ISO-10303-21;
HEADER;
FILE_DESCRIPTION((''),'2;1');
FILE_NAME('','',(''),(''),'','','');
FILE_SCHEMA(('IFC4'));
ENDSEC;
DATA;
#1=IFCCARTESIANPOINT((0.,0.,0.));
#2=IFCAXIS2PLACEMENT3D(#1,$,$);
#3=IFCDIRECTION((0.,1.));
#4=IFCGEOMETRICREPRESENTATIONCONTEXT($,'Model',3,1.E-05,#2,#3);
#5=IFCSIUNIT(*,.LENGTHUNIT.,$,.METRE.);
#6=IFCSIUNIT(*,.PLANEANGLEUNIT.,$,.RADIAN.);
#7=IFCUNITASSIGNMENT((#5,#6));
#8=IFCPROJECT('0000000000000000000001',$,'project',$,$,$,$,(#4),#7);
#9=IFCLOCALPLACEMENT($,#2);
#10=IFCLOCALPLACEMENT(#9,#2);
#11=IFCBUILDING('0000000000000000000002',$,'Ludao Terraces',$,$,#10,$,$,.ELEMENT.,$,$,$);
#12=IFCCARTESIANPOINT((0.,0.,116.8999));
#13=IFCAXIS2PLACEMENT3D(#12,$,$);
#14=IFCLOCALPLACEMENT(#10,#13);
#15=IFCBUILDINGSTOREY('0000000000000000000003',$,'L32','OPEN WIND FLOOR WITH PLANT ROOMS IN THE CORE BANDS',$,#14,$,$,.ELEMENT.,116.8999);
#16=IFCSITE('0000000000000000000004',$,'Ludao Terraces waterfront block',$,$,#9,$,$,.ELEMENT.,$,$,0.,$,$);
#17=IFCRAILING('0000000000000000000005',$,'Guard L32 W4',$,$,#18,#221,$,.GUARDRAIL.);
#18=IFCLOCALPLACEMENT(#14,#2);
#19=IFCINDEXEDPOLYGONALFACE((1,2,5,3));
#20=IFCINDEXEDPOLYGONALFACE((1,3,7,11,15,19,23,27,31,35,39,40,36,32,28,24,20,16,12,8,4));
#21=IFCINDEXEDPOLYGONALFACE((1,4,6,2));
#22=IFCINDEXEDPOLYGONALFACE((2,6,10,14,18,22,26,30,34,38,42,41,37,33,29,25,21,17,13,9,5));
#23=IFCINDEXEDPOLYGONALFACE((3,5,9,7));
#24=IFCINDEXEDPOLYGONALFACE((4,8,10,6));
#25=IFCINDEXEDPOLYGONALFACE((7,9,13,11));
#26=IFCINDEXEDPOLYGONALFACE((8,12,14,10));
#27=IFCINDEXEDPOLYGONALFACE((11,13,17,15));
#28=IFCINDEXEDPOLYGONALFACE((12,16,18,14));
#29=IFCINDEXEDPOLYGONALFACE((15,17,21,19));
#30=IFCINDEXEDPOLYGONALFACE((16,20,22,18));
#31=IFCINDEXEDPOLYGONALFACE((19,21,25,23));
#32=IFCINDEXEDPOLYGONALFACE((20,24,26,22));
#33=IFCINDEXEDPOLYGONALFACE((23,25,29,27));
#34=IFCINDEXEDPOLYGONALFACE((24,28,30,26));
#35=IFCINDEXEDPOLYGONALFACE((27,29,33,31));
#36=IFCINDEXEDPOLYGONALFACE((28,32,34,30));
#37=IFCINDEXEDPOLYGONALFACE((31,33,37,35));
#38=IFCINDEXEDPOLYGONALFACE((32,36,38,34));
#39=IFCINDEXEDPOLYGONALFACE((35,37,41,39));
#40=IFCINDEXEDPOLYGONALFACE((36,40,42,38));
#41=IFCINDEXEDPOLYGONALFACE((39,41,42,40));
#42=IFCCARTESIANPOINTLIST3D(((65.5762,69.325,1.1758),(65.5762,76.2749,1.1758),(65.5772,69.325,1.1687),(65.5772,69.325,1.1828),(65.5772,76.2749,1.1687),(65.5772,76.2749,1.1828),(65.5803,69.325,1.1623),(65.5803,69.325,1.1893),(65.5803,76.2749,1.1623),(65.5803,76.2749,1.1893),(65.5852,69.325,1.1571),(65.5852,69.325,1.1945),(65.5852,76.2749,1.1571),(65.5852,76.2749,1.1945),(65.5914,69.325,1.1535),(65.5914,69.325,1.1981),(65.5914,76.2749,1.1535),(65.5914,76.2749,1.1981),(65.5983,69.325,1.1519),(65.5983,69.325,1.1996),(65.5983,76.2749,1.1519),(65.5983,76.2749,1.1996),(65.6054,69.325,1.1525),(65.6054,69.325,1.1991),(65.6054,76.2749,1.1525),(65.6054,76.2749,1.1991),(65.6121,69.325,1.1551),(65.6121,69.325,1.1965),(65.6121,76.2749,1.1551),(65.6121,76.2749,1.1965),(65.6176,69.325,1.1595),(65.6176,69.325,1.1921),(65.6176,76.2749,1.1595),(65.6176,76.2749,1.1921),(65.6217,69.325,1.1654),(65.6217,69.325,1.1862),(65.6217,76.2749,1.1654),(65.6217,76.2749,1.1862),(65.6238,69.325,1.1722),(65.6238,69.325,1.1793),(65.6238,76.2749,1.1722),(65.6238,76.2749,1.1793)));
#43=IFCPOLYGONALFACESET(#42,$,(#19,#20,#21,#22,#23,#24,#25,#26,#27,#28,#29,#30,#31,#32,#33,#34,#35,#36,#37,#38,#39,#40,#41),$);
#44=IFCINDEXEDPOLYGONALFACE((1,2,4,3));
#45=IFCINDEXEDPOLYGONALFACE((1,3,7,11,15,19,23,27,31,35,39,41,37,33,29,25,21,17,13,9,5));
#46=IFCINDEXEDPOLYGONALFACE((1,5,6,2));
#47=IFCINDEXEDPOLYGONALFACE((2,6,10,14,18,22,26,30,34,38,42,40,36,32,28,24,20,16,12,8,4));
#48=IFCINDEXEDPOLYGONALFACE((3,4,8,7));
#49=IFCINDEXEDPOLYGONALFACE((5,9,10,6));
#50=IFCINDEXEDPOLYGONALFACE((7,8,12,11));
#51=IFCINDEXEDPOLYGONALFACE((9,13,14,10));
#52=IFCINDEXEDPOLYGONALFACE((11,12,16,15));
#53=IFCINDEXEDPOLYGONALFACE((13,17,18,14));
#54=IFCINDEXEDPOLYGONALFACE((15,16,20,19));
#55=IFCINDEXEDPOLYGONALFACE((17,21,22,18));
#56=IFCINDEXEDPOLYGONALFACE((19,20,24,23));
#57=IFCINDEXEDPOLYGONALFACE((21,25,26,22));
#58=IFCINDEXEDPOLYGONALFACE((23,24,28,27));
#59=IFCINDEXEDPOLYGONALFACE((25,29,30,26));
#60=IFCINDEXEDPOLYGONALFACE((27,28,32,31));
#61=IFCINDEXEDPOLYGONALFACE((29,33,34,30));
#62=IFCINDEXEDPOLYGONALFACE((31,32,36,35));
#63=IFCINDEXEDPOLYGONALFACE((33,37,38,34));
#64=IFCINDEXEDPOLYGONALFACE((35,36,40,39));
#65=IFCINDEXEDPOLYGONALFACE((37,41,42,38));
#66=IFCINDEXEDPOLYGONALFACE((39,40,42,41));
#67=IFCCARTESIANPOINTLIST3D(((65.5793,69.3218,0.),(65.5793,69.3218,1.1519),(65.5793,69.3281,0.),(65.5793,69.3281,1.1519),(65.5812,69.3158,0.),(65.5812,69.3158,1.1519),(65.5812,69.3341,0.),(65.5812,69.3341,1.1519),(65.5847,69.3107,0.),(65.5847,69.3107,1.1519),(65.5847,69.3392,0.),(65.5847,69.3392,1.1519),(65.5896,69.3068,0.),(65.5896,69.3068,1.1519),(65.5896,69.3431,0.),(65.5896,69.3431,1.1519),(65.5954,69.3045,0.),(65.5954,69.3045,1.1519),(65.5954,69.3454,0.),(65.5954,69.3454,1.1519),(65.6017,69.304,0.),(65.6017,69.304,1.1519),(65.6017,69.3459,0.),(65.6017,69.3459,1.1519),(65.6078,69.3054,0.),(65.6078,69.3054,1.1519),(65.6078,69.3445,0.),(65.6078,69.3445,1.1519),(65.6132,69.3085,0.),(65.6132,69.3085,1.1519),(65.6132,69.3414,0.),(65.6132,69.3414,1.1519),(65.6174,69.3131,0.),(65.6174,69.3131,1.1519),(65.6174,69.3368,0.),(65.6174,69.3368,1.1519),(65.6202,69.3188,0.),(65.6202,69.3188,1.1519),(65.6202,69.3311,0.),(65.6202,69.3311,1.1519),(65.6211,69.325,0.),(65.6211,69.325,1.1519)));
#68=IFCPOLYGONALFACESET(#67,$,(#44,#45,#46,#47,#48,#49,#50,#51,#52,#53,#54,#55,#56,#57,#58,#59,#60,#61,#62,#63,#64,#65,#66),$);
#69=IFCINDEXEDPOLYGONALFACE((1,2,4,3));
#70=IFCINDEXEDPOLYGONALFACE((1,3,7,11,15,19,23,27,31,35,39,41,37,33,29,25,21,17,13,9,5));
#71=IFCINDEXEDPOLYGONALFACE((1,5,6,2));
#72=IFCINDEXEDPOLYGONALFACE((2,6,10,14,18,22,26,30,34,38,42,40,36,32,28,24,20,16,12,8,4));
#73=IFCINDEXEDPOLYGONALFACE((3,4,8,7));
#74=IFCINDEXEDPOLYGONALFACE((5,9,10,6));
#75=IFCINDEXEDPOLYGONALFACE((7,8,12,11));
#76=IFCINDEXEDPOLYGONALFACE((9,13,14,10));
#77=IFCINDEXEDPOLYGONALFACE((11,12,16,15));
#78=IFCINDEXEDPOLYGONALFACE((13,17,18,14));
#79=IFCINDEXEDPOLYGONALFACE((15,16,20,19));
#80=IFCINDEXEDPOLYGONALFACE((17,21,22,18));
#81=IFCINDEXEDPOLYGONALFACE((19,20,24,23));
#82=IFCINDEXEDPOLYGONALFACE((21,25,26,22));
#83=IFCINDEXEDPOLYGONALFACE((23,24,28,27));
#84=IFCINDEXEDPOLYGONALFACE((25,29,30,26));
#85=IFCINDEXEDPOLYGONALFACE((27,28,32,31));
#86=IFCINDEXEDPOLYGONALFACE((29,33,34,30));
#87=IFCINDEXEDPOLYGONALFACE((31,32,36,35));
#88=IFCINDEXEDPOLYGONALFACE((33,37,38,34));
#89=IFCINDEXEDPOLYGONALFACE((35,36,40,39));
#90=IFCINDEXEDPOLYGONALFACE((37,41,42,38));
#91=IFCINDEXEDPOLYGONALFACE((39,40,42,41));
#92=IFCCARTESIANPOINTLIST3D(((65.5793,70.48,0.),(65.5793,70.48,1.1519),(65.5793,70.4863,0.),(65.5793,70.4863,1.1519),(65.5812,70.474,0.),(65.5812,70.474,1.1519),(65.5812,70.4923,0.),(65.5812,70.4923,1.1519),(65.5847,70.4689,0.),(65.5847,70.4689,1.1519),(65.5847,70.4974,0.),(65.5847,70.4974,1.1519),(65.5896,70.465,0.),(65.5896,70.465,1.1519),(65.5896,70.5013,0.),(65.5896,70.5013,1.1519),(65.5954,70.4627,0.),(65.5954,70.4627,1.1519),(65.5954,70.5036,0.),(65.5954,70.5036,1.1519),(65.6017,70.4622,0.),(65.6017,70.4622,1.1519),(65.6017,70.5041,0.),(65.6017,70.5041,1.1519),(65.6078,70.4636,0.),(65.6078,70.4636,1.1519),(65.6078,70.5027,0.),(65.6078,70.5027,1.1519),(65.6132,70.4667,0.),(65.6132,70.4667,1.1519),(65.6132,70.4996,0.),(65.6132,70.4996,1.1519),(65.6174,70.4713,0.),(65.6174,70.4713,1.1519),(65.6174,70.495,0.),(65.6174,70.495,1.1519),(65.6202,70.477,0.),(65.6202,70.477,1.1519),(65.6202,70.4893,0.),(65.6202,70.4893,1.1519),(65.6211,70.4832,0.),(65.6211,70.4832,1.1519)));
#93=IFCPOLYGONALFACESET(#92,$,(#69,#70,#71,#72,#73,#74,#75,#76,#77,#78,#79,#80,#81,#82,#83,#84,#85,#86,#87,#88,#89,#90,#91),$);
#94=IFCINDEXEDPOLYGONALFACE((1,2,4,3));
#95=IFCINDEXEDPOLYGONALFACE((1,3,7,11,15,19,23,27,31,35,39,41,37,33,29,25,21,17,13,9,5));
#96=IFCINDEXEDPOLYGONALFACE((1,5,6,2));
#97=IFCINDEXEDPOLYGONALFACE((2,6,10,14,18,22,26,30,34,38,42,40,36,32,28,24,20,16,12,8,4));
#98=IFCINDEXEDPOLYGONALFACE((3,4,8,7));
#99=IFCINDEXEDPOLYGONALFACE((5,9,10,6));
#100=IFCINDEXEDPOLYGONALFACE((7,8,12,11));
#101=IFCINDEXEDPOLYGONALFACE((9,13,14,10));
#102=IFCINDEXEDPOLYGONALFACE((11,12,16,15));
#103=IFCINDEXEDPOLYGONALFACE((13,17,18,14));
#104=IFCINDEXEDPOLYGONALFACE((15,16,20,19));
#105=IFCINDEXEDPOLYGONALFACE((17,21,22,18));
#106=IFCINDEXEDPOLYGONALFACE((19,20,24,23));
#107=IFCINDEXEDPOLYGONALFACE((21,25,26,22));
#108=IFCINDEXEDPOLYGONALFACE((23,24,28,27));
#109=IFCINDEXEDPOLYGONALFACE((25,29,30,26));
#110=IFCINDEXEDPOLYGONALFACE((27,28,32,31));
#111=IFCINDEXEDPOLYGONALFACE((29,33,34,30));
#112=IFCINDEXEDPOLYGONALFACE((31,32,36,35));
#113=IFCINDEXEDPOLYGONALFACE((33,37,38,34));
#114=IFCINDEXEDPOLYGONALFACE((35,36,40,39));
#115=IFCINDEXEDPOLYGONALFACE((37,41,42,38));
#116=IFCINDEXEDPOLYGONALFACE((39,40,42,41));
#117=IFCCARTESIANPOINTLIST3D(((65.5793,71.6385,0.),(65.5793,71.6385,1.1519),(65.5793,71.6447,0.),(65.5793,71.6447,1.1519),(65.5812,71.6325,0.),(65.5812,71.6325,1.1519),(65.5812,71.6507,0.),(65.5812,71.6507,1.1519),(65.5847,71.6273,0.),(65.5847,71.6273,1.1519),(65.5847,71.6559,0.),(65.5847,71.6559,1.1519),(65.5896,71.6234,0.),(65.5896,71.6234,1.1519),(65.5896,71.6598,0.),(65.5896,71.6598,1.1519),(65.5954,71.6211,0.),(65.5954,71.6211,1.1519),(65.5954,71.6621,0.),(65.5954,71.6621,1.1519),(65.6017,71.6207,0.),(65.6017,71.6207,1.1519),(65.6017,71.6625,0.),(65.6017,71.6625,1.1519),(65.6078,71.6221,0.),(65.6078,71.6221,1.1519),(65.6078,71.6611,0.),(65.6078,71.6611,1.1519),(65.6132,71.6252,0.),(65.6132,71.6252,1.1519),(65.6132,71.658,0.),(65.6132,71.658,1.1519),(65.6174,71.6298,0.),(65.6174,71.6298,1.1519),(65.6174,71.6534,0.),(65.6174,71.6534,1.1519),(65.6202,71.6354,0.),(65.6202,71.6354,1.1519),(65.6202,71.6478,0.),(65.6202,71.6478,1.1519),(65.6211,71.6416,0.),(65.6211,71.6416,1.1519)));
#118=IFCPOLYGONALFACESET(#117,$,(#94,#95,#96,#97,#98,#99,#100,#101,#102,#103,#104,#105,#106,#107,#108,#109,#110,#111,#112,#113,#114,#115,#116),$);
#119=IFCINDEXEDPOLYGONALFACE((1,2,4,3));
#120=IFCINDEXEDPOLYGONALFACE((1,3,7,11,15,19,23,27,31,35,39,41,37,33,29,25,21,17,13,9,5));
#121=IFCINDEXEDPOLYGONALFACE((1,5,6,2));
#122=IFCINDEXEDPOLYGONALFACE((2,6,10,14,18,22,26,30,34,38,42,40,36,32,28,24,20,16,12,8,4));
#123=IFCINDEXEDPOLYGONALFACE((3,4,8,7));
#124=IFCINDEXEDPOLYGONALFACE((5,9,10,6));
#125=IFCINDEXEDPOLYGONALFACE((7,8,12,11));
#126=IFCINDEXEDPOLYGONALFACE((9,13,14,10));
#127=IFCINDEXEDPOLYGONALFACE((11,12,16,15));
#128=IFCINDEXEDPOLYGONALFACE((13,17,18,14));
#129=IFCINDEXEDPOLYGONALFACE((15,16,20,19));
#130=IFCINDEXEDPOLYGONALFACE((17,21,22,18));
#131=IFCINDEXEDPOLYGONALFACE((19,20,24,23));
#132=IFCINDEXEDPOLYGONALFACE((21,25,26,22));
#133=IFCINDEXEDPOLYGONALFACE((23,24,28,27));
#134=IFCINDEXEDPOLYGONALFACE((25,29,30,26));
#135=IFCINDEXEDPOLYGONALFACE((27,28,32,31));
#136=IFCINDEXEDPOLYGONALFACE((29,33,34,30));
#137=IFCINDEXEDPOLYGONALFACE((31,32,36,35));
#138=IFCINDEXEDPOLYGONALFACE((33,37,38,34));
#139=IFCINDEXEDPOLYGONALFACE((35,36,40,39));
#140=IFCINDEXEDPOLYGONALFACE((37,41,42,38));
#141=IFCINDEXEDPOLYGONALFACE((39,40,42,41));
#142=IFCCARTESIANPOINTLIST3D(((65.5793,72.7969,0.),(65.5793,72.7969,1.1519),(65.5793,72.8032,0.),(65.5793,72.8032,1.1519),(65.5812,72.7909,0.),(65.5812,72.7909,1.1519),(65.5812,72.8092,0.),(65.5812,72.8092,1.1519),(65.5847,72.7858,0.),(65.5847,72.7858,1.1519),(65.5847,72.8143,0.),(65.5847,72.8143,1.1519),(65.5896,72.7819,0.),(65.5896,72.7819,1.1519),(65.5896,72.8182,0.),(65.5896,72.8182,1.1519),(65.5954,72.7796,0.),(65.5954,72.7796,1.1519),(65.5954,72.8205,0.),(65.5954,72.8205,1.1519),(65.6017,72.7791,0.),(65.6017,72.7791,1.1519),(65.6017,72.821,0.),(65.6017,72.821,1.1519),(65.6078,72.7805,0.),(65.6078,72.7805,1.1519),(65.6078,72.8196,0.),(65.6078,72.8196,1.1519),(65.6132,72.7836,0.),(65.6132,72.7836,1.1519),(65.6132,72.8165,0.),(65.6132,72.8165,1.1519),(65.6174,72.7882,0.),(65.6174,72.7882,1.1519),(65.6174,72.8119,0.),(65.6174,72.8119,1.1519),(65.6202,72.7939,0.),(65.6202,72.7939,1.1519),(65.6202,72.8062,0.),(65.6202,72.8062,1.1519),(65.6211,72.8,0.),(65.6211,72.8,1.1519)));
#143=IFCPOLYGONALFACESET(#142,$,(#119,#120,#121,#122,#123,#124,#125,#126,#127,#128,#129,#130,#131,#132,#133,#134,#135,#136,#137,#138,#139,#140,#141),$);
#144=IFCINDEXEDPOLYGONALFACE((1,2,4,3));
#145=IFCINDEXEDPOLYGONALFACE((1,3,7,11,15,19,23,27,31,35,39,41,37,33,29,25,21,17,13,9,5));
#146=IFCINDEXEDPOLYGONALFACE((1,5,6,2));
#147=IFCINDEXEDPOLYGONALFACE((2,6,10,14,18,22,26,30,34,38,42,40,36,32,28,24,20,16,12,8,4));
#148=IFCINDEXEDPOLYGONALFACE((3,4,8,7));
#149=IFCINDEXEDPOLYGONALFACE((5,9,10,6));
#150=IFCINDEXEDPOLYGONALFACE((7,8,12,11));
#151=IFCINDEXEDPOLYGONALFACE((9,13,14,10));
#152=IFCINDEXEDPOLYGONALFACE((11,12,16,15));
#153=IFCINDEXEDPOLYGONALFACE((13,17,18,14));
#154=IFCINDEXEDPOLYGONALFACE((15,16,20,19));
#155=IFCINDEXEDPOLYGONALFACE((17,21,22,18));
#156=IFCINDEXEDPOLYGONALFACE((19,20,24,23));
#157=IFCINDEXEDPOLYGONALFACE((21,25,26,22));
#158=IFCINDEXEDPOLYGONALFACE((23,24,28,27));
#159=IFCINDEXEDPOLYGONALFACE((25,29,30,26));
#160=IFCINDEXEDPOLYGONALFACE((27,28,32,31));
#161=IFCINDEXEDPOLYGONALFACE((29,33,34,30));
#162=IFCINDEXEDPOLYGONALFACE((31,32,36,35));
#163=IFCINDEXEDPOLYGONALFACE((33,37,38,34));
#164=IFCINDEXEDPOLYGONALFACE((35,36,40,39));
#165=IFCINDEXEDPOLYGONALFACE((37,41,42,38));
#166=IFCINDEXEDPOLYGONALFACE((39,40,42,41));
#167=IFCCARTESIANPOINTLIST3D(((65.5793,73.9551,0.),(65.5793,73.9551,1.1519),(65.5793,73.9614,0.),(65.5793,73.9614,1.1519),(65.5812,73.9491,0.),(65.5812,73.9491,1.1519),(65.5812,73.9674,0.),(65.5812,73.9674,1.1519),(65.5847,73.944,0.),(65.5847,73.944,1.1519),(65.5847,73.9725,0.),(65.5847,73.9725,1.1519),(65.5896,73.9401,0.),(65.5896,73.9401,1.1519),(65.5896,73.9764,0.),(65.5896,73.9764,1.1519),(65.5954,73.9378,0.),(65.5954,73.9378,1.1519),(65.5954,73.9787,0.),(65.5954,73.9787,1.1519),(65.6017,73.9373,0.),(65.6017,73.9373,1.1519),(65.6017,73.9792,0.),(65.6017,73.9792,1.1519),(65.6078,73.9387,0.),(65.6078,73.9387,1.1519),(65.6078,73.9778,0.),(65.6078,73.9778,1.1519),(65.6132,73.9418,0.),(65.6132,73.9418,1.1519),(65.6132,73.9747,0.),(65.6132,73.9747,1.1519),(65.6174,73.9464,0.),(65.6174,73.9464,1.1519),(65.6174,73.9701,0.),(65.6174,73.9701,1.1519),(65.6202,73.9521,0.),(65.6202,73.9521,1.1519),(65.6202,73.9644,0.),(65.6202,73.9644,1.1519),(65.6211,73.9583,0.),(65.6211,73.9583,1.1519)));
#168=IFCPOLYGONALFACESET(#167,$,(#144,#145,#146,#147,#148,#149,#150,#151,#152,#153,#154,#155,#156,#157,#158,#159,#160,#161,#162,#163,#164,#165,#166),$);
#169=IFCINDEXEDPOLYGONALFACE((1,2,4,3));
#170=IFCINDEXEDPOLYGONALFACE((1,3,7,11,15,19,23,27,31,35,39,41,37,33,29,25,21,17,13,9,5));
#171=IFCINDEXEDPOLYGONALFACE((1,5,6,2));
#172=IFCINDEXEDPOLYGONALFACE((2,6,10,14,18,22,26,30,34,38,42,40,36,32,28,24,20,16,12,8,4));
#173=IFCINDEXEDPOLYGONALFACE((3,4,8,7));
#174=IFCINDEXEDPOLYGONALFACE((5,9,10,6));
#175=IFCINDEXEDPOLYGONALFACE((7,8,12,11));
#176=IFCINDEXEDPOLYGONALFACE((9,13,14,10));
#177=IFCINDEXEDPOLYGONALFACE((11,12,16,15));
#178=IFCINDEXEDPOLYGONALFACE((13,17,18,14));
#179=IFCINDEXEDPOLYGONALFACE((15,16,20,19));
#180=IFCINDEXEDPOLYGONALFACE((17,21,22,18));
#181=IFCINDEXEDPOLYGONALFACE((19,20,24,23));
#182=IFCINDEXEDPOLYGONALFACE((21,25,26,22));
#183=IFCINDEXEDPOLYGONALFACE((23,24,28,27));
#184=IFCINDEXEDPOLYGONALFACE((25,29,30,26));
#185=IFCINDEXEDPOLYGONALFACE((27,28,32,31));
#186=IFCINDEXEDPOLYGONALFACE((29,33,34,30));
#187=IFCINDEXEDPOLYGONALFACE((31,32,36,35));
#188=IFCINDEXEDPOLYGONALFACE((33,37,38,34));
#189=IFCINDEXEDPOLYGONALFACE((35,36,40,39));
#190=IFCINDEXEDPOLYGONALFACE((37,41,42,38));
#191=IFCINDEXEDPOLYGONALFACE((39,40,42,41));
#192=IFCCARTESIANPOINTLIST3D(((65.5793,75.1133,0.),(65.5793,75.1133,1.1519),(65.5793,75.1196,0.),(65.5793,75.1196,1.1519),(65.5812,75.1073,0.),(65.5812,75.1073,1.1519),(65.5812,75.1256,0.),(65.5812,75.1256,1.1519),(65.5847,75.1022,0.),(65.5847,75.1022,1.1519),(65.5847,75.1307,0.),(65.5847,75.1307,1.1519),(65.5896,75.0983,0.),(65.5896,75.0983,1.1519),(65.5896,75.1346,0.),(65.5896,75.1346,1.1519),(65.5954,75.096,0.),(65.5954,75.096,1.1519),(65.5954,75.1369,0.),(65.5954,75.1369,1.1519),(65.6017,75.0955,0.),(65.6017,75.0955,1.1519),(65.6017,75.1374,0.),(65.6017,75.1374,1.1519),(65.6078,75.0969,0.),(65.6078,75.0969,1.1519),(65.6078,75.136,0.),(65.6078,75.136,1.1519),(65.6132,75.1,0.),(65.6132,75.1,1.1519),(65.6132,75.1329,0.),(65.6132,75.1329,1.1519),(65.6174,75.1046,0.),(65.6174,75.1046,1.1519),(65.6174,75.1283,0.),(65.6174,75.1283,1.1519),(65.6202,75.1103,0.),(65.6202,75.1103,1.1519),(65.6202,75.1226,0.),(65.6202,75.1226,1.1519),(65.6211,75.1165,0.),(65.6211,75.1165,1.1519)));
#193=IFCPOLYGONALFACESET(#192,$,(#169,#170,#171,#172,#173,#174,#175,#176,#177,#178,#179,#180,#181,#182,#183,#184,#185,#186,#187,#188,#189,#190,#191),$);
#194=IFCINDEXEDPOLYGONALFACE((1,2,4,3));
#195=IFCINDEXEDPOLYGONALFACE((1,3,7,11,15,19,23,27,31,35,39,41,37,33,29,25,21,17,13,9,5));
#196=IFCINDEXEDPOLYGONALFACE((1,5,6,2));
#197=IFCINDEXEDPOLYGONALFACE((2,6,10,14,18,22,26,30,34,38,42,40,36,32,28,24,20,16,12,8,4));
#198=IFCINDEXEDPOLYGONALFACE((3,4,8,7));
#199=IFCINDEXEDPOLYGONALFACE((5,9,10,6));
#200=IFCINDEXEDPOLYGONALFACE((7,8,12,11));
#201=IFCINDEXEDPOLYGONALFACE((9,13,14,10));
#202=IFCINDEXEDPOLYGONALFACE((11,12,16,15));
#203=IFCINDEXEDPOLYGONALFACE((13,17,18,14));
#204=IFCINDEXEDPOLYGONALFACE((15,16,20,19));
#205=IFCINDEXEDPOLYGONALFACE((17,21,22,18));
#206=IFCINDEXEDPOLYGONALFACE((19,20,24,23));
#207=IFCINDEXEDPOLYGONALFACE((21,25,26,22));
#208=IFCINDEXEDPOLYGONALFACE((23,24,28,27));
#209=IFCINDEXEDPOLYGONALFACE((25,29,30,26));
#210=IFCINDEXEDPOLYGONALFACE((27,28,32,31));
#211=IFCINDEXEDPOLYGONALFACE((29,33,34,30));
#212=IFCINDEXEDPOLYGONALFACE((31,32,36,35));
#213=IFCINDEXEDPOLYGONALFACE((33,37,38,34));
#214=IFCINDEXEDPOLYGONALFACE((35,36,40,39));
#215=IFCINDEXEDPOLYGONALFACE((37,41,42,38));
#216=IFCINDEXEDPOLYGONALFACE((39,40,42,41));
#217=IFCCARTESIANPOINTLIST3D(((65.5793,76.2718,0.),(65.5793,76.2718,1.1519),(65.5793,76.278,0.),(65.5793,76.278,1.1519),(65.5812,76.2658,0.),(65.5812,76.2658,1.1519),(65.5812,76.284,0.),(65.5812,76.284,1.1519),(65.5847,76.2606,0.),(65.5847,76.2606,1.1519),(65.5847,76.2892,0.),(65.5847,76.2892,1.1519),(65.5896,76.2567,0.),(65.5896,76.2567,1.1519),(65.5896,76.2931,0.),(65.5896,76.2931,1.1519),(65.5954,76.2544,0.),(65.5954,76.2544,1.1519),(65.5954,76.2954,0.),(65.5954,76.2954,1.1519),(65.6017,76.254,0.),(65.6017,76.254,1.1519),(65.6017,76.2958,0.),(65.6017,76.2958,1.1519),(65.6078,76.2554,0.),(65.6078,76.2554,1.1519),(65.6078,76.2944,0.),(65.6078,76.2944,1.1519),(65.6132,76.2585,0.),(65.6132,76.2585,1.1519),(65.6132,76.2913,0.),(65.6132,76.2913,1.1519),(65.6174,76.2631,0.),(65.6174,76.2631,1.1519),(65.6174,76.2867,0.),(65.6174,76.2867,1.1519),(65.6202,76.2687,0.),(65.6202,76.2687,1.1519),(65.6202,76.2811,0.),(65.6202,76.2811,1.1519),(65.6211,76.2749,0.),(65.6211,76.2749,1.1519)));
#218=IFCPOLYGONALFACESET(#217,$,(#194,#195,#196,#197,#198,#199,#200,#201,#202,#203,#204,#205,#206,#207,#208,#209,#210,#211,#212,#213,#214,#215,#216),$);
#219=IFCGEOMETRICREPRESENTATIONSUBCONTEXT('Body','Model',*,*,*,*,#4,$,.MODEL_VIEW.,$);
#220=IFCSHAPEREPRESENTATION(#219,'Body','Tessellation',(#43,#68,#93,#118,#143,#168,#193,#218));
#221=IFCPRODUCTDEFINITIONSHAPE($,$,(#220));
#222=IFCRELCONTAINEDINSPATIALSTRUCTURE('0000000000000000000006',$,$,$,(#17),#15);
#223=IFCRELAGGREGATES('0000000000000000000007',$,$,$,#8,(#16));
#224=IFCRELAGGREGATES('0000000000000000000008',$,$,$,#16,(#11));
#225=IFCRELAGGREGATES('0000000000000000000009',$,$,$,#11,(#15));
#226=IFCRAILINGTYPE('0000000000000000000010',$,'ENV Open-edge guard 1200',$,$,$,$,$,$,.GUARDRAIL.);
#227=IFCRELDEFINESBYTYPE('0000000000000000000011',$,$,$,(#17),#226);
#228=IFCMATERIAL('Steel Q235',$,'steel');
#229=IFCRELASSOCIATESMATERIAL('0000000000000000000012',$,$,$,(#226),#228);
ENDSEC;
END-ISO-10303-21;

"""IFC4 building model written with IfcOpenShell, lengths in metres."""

from ifc_helpers import new_model, si_unit, direction, frame, origin, origin_2d, place, context, subcontext, project, spatial, circle, extrude, material, type_object, element, save


model = new_model("IFC4")

# Units and contexts
model_context = context("Model", 3, precision=1e-05, world=origin(), true_north=direction((0.0, 1.0)))
body_context = subcontext(model_context, "Body", "Model", "MODEL_VIEW")
ifc_project = project(units=[si_unit("LENGTHUNIT", "METRE"), si_unit("PLANEANGLEUNIT", "RADIAN")], contexts=[model_context])

# Site, building, storey
site_placement = place(None, origin())
site = spatial("IfcSite", under=ifc_project, at=site_placement, Name="Ludao Terraces waterfront block", CompositionType="ELEMENT", RefElevation=0.0)
building_placement = place(site_placement, origin())
building = spatial("IfcBuilding", under=site, at=building_placement, Name="Ludao Terraces", CompositionType="ELEMENT")
storey_placement = place(building_placement, frame((0.0, 0.0, 116.8999)))
storey = spatial("IfcBuildingStorey", under=building, at=storey_placement, Name="L32", Description="OPEN WIND FLOOR WITH PLANT ROOMS IN THE CORE BANDS", CompositionType="ELEMENT", Elevation=116.8999)

# Railing
ifc_material_1 = material(Name="Steel Q235", Category="steel")
railing_type = type_object("IfcRailingType", Name="ENV Open-edge guard 1200", PredefinedType="GUARDRAIL", material=ifc_material_1)
railing_1_placement = place(storey_placement, frame((65.6001, 69.325, 0.0)))
element("IfcRailing", 1, at=railing_1_placement, inside=storey, type_object=railing_type, Name="Guard L32 W4", PredefinedType="GUARDRAIL", context=body_context, shape_type="SweptSolid", body=[
    extrude(circle(Radius=0.0239, at=origin_2d()), frame((0.0, 0.0, 1.1758), z_axis=(0.0, 1.0, 0.0), x_axis=(-1.0, 0.0, 0.0)), (0.0, 0.0, 1.0), 6.95),
    extrude(circle(Radius=0.021, at=origin_2d()), origin(), (0.0, 0.0, 1.0), 1.1519),
    extrude(circle(Radius=0.021, at=origin_2d()), frame((0.0, 1.1582, 0.0)), (0.0, 0.0, 1.0), 1.1519),
    extrude(circle(Radius=0.021, at=origin_2d()), frame((0.0, 2.3167, 0.0)), (0.0, 0.0, 1.0), 1.1519),
    extrude(circle(Radius=0.021, at=origin_2d()), frame((0.0, 3.4751, 0.0)), (0.0, 0.0, 1.0), 1.1519),
    extrude(circle(Radius=0.021, at=origin_2d()), frame((0.0, 4.6333, 0.0)), (0.0, 0.0, 1.0), 1.1519),
    extrude(circle(Radius=0.021, at=origin_2d()), frame((0.0, 5.7915, 0.0)), (0.0, 0.0, 1.0), 1.1519),
    extrude(circle(Radius=0.021, at=origin_2d()), frame((0.0, 6.95, 0.0)), (0.0, 0.0, 1.0), 1.1519),
])

save(model, "model.ifc")
